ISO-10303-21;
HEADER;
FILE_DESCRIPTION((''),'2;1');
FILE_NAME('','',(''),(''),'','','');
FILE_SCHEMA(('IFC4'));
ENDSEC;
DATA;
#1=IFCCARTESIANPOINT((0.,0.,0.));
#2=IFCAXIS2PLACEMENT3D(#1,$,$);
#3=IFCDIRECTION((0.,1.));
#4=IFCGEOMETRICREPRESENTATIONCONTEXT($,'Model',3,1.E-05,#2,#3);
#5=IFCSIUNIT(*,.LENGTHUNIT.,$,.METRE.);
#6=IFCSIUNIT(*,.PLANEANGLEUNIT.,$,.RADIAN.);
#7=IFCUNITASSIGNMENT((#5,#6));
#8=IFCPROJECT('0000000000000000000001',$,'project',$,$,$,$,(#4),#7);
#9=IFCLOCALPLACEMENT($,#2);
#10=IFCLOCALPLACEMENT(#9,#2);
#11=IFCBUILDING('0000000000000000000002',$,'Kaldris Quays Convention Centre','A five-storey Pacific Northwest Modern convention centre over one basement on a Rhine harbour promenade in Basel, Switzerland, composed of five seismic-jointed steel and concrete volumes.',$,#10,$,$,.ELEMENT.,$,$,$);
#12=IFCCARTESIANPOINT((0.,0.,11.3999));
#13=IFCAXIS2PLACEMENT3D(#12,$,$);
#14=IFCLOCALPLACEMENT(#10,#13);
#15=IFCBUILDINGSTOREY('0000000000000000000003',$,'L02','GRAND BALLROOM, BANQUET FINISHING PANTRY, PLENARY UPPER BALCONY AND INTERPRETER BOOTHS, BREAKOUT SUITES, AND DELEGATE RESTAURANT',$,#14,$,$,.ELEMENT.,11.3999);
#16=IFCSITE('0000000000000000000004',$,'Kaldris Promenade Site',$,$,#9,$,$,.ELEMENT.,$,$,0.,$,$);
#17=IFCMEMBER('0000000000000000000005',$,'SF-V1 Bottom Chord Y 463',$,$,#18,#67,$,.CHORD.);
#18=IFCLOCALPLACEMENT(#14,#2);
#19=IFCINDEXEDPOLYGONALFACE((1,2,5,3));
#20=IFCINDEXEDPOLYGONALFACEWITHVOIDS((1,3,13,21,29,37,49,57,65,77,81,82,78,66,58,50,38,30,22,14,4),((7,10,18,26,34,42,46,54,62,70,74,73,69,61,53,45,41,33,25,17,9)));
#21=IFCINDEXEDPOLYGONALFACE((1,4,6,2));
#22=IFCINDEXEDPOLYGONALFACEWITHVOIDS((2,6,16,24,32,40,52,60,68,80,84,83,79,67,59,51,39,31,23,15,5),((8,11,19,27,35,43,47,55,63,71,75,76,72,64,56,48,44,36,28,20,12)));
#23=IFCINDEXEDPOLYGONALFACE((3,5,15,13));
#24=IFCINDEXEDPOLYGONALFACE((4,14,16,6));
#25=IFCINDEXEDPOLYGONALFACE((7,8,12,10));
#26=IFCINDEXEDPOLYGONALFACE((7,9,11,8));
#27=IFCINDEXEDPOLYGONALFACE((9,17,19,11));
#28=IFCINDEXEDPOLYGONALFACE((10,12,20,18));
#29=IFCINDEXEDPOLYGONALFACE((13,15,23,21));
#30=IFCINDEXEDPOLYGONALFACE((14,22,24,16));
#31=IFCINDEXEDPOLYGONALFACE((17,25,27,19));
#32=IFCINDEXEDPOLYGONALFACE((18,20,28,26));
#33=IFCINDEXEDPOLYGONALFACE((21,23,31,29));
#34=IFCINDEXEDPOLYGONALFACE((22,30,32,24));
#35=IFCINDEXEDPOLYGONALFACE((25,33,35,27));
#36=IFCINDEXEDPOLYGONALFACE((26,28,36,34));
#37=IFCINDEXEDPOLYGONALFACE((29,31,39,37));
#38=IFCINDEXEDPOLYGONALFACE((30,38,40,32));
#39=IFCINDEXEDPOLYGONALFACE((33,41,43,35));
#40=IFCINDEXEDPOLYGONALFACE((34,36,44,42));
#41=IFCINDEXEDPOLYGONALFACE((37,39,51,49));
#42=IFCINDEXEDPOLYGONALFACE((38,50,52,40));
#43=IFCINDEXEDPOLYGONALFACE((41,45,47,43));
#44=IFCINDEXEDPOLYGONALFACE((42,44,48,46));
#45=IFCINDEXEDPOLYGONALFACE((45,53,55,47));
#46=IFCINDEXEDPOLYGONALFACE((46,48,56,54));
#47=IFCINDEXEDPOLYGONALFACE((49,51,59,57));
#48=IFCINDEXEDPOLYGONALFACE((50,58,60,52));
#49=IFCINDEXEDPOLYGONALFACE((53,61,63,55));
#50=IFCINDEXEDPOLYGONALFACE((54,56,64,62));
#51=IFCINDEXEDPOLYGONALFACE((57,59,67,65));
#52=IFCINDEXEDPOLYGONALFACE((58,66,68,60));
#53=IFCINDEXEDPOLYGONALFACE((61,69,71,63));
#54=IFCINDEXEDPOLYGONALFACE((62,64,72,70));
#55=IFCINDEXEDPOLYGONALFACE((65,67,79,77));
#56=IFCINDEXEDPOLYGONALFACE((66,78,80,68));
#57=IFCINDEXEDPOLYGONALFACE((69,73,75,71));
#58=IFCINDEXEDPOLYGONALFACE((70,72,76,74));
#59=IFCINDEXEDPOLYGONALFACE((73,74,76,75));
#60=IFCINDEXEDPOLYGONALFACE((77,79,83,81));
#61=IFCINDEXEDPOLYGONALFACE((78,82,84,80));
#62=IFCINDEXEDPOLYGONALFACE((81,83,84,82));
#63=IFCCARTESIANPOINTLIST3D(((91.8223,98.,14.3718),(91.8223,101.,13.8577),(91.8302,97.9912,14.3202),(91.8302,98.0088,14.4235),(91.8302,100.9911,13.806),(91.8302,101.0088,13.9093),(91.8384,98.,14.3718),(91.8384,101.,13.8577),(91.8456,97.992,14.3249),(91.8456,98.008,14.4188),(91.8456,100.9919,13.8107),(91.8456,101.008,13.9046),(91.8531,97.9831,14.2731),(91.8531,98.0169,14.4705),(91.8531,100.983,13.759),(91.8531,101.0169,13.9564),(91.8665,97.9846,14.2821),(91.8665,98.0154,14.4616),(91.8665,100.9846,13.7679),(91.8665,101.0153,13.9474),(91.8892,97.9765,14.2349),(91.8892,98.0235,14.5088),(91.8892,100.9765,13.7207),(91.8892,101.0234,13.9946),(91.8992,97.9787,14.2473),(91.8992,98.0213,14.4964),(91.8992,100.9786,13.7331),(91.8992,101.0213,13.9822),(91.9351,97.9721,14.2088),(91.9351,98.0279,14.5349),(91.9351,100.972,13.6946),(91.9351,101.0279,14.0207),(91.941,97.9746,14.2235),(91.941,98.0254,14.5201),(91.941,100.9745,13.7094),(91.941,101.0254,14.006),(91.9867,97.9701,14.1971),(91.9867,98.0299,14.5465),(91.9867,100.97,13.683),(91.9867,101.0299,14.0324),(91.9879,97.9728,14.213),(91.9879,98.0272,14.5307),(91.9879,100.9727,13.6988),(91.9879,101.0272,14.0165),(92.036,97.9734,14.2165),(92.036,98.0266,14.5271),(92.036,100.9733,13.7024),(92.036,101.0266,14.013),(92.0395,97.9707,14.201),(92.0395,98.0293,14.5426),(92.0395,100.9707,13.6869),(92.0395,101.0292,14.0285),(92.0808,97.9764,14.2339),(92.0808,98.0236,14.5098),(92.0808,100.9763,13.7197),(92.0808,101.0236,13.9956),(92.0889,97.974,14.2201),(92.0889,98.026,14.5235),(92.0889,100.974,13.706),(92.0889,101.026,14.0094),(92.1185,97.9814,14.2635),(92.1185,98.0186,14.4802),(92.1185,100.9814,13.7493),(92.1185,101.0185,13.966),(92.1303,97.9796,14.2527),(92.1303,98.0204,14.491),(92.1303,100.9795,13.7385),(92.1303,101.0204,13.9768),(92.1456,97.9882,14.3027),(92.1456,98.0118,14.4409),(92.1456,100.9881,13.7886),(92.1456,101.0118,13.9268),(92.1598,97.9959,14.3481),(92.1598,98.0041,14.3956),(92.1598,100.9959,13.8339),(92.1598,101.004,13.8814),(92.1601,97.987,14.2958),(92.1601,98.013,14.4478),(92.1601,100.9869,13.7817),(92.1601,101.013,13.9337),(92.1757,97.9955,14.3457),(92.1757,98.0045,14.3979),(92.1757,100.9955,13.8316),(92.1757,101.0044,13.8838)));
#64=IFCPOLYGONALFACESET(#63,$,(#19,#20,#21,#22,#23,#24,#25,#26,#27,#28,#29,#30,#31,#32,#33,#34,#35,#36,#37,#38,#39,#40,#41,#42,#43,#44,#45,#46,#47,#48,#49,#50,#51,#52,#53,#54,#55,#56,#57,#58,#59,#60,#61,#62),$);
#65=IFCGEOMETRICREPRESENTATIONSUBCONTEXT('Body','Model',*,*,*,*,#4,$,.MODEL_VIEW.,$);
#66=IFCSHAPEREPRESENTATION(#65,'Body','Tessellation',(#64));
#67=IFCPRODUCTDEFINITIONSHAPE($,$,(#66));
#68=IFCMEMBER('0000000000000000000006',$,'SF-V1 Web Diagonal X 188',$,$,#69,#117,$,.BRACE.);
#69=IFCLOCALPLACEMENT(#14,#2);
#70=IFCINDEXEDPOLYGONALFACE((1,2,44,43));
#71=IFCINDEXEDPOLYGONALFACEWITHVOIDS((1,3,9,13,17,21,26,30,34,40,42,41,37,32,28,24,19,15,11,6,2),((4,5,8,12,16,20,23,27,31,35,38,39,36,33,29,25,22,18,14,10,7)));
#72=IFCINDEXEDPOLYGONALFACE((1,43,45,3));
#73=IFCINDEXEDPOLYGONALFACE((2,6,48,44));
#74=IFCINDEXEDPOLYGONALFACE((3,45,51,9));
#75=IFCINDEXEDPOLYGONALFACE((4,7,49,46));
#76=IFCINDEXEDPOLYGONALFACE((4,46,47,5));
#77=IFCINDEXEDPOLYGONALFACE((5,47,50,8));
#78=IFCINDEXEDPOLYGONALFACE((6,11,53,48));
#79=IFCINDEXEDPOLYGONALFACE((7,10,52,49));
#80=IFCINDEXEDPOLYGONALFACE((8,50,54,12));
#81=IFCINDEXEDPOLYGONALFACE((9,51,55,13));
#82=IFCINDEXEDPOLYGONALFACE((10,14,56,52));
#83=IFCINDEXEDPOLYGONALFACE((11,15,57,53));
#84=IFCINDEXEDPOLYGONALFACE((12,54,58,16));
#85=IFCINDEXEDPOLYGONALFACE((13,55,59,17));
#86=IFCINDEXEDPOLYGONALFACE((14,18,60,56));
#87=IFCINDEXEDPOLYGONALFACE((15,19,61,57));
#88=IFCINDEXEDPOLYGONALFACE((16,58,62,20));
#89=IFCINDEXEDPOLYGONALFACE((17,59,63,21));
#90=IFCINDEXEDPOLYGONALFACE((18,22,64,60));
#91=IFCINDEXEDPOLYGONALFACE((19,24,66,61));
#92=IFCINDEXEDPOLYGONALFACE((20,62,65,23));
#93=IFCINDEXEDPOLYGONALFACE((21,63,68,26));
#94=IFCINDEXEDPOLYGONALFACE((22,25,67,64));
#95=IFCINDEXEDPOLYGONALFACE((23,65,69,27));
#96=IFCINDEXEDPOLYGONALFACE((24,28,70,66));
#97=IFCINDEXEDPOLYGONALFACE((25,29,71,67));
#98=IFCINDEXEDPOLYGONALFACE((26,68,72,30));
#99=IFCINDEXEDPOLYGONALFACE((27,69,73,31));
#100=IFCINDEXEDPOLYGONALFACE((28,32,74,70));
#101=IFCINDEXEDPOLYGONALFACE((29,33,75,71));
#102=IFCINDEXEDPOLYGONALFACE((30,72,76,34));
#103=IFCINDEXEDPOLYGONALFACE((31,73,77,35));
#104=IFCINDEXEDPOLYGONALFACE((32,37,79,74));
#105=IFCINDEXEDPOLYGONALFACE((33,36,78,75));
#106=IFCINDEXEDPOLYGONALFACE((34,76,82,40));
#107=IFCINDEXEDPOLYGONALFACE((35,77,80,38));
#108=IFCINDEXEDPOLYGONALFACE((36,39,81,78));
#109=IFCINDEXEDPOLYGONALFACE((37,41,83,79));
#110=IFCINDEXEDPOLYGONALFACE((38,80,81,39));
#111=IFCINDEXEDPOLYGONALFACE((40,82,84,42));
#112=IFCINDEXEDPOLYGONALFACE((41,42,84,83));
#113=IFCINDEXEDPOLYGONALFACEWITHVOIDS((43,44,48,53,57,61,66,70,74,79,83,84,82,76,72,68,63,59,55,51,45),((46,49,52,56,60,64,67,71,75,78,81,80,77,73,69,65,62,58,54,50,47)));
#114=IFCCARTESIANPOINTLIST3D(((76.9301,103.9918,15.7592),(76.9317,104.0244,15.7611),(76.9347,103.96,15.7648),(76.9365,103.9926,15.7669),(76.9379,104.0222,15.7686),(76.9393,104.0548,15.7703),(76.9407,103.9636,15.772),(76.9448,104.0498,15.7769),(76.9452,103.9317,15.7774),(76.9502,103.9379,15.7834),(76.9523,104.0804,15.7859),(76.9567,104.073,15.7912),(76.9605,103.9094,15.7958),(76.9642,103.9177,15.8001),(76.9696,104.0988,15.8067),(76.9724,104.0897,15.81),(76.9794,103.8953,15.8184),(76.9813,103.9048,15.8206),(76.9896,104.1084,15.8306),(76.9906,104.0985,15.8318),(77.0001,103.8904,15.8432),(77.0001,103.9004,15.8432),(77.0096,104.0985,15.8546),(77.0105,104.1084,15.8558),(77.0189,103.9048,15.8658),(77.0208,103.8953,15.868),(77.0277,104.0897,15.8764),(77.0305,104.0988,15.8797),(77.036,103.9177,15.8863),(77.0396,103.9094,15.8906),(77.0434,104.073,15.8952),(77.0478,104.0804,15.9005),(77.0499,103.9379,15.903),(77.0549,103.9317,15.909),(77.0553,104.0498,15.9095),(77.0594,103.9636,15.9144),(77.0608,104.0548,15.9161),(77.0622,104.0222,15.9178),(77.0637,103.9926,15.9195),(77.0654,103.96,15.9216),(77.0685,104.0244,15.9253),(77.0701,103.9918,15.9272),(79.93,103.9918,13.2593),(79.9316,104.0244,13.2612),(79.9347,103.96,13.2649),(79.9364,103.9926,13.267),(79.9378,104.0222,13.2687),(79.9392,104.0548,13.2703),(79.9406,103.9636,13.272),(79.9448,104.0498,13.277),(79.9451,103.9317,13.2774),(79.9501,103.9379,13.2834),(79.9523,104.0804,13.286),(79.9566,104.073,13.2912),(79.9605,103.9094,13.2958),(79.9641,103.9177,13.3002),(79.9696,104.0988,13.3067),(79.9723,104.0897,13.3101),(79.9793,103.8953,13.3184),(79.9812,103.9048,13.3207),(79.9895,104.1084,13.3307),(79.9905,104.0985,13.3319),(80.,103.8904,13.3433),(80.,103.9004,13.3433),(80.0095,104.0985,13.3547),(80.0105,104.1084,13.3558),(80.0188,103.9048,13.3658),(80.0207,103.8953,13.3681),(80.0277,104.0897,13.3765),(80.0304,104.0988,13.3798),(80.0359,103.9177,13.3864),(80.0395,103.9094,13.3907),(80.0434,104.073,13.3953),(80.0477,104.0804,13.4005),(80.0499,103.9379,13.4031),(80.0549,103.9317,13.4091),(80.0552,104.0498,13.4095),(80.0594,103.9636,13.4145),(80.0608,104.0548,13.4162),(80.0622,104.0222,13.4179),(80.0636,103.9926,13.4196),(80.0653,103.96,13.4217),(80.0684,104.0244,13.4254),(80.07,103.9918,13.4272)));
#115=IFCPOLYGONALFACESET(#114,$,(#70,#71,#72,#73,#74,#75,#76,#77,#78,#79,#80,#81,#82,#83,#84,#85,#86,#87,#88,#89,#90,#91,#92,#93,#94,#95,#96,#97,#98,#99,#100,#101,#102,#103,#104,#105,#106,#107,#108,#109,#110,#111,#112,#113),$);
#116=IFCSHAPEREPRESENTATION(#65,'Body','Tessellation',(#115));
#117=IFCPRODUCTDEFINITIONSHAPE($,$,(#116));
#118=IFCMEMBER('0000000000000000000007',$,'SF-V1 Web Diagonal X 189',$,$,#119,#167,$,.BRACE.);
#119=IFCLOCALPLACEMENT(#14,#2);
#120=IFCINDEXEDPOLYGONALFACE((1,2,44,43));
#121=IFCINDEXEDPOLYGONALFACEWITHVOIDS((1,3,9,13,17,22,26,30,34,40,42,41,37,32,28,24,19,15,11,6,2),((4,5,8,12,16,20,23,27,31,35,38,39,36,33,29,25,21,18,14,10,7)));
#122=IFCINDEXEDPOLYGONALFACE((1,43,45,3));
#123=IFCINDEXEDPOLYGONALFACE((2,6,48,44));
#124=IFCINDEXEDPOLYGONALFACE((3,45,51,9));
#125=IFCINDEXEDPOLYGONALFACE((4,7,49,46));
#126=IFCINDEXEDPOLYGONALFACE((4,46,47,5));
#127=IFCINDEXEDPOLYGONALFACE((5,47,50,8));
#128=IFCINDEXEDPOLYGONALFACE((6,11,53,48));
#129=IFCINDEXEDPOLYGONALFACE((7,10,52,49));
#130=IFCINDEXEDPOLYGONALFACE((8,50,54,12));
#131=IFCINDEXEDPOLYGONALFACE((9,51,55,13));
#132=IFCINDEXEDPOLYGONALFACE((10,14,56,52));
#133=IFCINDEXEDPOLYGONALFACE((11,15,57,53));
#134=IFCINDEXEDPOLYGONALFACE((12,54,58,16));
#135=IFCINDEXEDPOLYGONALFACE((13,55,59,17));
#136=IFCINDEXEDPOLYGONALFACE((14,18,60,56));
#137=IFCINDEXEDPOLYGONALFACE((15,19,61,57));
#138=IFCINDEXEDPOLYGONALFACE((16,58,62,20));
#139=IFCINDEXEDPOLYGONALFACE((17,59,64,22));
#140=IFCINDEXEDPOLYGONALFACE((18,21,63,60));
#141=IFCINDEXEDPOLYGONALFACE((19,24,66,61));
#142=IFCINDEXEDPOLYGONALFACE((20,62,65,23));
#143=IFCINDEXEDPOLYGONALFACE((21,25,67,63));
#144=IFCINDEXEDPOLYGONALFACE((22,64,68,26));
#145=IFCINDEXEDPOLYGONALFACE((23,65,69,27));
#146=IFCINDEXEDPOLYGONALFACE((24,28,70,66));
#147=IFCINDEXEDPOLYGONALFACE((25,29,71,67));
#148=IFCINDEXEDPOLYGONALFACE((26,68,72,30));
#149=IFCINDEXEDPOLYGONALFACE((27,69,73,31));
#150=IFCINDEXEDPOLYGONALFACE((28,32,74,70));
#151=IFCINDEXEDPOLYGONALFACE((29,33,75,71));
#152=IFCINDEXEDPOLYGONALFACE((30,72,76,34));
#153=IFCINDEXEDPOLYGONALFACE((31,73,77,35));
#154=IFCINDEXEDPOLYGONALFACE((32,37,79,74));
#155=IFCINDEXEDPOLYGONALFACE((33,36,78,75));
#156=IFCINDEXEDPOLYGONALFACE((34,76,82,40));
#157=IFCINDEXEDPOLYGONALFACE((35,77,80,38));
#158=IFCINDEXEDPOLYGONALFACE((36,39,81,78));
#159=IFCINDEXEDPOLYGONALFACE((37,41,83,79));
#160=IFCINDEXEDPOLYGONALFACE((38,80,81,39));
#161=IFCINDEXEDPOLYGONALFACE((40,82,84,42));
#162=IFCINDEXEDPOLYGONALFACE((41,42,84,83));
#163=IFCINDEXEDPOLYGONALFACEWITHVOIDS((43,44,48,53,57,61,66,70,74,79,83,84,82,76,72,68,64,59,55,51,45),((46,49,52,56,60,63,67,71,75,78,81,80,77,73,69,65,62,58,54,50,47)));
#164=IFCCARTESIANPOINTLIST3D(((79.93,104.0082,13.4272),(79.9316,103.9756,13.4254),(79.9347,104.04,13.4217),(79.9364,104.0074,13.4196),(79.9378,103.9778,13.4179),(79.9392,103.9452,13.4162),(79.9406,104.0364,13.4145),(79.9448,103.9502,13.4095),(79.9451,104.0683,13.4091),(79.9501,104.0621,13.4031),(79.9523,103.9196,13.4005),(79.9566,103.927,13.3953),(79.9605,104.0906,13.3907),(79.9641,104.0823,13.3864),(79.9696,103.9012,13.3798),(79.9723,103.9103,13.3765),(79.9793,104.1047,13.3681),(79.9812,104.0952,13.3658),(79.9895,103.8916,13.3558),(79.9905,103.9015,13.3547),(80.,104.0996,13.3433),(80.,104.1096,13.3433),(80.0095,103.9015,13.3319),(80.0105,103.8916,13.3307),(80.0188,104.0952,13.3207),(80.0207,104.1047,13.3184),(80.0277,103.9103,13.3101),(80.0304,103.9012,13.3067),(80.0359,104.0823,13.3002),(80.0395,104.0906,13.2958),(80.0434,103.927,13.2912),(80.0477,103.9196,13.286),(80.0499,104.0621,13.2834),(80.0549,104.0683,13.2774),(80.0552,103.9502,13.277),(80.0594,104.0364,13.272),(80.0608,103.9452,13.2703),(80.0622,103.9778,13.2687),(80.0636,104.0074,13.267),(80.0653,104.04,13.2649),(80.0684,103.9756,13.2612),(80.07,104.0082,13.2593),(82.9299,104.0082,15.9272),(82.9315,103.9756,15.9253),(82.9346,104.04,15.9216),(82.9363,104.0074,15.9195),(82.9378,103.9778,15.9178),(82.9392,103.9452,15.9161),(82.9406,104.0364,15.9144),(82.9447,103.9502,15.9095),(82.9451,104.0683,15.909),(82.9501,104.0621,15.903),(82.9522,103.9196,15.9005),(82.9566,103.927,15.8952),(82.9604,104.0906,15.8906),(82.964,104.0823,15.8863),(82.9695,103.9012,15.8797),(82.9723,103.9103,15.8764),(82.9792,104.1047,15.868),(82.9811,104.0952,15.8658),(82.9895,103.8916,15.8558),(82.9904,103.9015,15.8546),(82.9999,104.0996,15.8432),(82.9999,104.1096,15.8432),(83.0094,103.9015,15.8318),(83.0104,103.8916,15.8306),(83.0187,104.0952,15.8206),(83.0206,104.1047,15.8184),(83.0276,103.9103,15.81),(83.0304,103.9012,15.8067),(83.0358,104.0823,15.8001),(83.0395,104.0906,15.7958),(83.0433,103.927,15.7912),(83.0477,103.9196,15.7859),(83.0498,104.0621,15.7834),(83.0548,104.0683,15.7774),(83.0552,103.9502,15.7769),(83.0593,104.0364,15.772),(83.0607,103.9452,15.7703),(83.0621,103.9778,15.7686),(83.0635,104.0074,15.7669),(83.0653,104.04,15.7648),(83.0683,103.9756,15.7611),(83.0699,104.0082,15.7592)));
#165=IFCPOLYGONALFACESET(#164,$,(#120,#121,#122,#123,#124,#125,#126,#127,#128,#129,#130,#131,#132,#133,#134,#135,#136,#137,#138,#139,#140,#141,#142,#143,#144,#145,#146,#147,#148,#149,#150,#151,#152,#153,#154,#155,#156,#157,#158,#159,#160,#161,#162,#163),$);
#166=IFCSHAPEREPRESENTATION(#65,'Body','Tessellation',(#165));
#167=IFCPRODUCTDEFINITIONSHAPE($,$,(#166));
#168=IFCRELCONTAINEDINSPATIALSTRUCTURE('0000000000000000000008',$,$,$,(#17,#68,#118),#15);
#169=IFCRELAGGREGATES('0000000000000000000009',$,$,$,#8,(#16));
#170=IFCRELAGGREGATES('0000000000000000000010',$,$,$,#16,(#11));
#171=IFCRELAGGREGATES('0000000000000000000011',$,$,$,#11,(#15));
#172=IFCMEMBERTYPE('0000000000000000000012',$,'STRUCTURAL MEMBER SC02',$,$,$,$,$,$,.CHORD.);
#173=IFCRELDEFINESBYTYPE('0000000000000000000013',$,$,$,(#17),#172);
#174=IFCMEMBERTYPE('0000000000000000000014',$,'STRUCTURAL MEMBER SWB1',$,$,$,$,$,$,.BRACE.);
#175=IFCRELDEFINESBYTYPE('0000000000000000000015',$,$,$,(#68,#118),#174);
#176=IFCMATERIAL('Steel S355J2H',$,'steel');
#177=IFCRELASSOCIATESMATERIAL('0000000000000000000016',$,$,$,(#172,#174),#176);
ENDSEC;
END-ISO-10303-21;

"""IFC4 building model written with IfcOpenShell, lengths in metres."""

from ifc_helpers import new_model, si_unit, direction, frame, origin, origin_2d, place, context, subcontext, project, spatial, hollow_circle, extrude, material, material_profile, profile_set, type_object, element, save


model = new_model("IFC4")

# Units and contexts
model_context = context("Model", 3, precision=1e-05, world=origin(), true_north=direction((0.0, 1.0)))
body_context = subcontext(model_context, "Body", "Model", "MODEL_VIEW")
ifc_project = project(units=[si_unit("LENGTHUNIT", "METRE"), si_unit("PLANEANGLEUNIT", "RADIAN")], contexts=[model_context])

# Site, building, storey
site_placement = place(None, origin())
site = spatial("IfcSite", under=ifc_project, at=site_placement, Name="Kaldris Promenade Site", CompositionType="ELEMENT", RefElevation=0.0)
building_placement = place(site_placement, origin())
building = spatial("IfcBuilding", under=site, at=building_placement, Name="Kaldris Quays Convention Centre", Description="A five-storey Pacific Northwest Modern convention centre over one basement on a Rhine harbour promenade in Basel, Switzerland, composed of five seismic-jointed steel and concrete volumes.", CompositionType="ELEMENT")
storey_placement = place(building_placement, frame((0.0, 0.0, 11.3999)))
storey = spatial("IfcBuildingStorey", under=building, at=storey_placement, Name="L02", Description="GRAND BALLROOM, BANQUET FINISHING PANTRY, PLENARY UPPER BALCONY AND INTERPRETER BOOTHS, BREAKOUT SUITES, AND DELEGATE RESTAURANT", CompositionType="ELEMENT", Elevation=11.3999)

# Members
ifc_material_1 = material(Name="Steel S355J2H", Category="steel")
ifc_material_profile_1 = material_profile(ifc_material_1, hollow_circle(Radius=0.1777, WallThickness=0.0161, at=origin_2d()), Name="CHS 355.6x16")
ifc_profile_set_1 = profile_set([ifc_material_profile_1], Name="Steel S355J2H")
member_type_1 = type_object("IfcMemberType", Name="STRUCTURAL MEMBER SC02", PredefinedType="CHORD", material=ifc_profile_set_1)
for number, where, z_axis, x_axis, name in (
    (1, (92.0, 98.0, 14.3718), (0.0, 0.985629, -0.168924), (-1.0, 0.0, 0.0), "SF-V1 Bottom Chord Y 463"),
):
    element("IfcMember", number, at=place(storey_placement, frame(where, z_axis=z_axis, x_axis=x_axis)), inside=storey, type_object=member_type_1, Name=name, PredefinedType="CHORD", context=body_context, shape_type="SweptSolid", body=[
        extrude(hollow_circle(Radius=0.1777, WallThickness=0.0161, at=origin_2d()), origin(), (0.0, 0.0, 1.0), 3.0437),
    ])
ifc_material_profile_2 = material_profile(ifc_material_1, hollow_circle(Radius=0.1096, WallThickness=0.01, at=origin_2d()), Name="CHS 219.1x10")
ifc_profile_set_2 = profile_set([ifc_material_profile_2], Name="Steel S355J2H")
member_type_2 = type_object("IfcMemberType", Name="STRUCTURAL MEMBER SWB1", PredefinedType="BRACE", material=ifc_profile_set_2)
for number, where, z_axis, x_axis, name in (
    (2, (80.0, 104.0, 13.3433), (-0.768221, 0.0, 0.640184), (0.0, -1.0, 0.0), "SF-V1 Web Diagonal X 188"),
    (3, (80.0, 104.0, 13.3433), (0.768221, 0.0, 0.640184), (0.0, 1.0, 0.0), "SF-V1 Web Diagonal X 189"),
):
    element("IfcMember", number, at=place(storey_placement, frame(where, z_axis=z_axis, x_axis=x_axis)), inside=storey, type_object=member_type_2, Name=name, PredefinedType="BRACE", context=body_context, shape_type="SweptSolid", body=[
        extrude(hollow_circle(Radius=0.1096, WallThickness=0.01, at=origin_2d()), origin(), (0.0, 0.0, 1.0), 3.905),
    ])

save(model, "model.ifc")
